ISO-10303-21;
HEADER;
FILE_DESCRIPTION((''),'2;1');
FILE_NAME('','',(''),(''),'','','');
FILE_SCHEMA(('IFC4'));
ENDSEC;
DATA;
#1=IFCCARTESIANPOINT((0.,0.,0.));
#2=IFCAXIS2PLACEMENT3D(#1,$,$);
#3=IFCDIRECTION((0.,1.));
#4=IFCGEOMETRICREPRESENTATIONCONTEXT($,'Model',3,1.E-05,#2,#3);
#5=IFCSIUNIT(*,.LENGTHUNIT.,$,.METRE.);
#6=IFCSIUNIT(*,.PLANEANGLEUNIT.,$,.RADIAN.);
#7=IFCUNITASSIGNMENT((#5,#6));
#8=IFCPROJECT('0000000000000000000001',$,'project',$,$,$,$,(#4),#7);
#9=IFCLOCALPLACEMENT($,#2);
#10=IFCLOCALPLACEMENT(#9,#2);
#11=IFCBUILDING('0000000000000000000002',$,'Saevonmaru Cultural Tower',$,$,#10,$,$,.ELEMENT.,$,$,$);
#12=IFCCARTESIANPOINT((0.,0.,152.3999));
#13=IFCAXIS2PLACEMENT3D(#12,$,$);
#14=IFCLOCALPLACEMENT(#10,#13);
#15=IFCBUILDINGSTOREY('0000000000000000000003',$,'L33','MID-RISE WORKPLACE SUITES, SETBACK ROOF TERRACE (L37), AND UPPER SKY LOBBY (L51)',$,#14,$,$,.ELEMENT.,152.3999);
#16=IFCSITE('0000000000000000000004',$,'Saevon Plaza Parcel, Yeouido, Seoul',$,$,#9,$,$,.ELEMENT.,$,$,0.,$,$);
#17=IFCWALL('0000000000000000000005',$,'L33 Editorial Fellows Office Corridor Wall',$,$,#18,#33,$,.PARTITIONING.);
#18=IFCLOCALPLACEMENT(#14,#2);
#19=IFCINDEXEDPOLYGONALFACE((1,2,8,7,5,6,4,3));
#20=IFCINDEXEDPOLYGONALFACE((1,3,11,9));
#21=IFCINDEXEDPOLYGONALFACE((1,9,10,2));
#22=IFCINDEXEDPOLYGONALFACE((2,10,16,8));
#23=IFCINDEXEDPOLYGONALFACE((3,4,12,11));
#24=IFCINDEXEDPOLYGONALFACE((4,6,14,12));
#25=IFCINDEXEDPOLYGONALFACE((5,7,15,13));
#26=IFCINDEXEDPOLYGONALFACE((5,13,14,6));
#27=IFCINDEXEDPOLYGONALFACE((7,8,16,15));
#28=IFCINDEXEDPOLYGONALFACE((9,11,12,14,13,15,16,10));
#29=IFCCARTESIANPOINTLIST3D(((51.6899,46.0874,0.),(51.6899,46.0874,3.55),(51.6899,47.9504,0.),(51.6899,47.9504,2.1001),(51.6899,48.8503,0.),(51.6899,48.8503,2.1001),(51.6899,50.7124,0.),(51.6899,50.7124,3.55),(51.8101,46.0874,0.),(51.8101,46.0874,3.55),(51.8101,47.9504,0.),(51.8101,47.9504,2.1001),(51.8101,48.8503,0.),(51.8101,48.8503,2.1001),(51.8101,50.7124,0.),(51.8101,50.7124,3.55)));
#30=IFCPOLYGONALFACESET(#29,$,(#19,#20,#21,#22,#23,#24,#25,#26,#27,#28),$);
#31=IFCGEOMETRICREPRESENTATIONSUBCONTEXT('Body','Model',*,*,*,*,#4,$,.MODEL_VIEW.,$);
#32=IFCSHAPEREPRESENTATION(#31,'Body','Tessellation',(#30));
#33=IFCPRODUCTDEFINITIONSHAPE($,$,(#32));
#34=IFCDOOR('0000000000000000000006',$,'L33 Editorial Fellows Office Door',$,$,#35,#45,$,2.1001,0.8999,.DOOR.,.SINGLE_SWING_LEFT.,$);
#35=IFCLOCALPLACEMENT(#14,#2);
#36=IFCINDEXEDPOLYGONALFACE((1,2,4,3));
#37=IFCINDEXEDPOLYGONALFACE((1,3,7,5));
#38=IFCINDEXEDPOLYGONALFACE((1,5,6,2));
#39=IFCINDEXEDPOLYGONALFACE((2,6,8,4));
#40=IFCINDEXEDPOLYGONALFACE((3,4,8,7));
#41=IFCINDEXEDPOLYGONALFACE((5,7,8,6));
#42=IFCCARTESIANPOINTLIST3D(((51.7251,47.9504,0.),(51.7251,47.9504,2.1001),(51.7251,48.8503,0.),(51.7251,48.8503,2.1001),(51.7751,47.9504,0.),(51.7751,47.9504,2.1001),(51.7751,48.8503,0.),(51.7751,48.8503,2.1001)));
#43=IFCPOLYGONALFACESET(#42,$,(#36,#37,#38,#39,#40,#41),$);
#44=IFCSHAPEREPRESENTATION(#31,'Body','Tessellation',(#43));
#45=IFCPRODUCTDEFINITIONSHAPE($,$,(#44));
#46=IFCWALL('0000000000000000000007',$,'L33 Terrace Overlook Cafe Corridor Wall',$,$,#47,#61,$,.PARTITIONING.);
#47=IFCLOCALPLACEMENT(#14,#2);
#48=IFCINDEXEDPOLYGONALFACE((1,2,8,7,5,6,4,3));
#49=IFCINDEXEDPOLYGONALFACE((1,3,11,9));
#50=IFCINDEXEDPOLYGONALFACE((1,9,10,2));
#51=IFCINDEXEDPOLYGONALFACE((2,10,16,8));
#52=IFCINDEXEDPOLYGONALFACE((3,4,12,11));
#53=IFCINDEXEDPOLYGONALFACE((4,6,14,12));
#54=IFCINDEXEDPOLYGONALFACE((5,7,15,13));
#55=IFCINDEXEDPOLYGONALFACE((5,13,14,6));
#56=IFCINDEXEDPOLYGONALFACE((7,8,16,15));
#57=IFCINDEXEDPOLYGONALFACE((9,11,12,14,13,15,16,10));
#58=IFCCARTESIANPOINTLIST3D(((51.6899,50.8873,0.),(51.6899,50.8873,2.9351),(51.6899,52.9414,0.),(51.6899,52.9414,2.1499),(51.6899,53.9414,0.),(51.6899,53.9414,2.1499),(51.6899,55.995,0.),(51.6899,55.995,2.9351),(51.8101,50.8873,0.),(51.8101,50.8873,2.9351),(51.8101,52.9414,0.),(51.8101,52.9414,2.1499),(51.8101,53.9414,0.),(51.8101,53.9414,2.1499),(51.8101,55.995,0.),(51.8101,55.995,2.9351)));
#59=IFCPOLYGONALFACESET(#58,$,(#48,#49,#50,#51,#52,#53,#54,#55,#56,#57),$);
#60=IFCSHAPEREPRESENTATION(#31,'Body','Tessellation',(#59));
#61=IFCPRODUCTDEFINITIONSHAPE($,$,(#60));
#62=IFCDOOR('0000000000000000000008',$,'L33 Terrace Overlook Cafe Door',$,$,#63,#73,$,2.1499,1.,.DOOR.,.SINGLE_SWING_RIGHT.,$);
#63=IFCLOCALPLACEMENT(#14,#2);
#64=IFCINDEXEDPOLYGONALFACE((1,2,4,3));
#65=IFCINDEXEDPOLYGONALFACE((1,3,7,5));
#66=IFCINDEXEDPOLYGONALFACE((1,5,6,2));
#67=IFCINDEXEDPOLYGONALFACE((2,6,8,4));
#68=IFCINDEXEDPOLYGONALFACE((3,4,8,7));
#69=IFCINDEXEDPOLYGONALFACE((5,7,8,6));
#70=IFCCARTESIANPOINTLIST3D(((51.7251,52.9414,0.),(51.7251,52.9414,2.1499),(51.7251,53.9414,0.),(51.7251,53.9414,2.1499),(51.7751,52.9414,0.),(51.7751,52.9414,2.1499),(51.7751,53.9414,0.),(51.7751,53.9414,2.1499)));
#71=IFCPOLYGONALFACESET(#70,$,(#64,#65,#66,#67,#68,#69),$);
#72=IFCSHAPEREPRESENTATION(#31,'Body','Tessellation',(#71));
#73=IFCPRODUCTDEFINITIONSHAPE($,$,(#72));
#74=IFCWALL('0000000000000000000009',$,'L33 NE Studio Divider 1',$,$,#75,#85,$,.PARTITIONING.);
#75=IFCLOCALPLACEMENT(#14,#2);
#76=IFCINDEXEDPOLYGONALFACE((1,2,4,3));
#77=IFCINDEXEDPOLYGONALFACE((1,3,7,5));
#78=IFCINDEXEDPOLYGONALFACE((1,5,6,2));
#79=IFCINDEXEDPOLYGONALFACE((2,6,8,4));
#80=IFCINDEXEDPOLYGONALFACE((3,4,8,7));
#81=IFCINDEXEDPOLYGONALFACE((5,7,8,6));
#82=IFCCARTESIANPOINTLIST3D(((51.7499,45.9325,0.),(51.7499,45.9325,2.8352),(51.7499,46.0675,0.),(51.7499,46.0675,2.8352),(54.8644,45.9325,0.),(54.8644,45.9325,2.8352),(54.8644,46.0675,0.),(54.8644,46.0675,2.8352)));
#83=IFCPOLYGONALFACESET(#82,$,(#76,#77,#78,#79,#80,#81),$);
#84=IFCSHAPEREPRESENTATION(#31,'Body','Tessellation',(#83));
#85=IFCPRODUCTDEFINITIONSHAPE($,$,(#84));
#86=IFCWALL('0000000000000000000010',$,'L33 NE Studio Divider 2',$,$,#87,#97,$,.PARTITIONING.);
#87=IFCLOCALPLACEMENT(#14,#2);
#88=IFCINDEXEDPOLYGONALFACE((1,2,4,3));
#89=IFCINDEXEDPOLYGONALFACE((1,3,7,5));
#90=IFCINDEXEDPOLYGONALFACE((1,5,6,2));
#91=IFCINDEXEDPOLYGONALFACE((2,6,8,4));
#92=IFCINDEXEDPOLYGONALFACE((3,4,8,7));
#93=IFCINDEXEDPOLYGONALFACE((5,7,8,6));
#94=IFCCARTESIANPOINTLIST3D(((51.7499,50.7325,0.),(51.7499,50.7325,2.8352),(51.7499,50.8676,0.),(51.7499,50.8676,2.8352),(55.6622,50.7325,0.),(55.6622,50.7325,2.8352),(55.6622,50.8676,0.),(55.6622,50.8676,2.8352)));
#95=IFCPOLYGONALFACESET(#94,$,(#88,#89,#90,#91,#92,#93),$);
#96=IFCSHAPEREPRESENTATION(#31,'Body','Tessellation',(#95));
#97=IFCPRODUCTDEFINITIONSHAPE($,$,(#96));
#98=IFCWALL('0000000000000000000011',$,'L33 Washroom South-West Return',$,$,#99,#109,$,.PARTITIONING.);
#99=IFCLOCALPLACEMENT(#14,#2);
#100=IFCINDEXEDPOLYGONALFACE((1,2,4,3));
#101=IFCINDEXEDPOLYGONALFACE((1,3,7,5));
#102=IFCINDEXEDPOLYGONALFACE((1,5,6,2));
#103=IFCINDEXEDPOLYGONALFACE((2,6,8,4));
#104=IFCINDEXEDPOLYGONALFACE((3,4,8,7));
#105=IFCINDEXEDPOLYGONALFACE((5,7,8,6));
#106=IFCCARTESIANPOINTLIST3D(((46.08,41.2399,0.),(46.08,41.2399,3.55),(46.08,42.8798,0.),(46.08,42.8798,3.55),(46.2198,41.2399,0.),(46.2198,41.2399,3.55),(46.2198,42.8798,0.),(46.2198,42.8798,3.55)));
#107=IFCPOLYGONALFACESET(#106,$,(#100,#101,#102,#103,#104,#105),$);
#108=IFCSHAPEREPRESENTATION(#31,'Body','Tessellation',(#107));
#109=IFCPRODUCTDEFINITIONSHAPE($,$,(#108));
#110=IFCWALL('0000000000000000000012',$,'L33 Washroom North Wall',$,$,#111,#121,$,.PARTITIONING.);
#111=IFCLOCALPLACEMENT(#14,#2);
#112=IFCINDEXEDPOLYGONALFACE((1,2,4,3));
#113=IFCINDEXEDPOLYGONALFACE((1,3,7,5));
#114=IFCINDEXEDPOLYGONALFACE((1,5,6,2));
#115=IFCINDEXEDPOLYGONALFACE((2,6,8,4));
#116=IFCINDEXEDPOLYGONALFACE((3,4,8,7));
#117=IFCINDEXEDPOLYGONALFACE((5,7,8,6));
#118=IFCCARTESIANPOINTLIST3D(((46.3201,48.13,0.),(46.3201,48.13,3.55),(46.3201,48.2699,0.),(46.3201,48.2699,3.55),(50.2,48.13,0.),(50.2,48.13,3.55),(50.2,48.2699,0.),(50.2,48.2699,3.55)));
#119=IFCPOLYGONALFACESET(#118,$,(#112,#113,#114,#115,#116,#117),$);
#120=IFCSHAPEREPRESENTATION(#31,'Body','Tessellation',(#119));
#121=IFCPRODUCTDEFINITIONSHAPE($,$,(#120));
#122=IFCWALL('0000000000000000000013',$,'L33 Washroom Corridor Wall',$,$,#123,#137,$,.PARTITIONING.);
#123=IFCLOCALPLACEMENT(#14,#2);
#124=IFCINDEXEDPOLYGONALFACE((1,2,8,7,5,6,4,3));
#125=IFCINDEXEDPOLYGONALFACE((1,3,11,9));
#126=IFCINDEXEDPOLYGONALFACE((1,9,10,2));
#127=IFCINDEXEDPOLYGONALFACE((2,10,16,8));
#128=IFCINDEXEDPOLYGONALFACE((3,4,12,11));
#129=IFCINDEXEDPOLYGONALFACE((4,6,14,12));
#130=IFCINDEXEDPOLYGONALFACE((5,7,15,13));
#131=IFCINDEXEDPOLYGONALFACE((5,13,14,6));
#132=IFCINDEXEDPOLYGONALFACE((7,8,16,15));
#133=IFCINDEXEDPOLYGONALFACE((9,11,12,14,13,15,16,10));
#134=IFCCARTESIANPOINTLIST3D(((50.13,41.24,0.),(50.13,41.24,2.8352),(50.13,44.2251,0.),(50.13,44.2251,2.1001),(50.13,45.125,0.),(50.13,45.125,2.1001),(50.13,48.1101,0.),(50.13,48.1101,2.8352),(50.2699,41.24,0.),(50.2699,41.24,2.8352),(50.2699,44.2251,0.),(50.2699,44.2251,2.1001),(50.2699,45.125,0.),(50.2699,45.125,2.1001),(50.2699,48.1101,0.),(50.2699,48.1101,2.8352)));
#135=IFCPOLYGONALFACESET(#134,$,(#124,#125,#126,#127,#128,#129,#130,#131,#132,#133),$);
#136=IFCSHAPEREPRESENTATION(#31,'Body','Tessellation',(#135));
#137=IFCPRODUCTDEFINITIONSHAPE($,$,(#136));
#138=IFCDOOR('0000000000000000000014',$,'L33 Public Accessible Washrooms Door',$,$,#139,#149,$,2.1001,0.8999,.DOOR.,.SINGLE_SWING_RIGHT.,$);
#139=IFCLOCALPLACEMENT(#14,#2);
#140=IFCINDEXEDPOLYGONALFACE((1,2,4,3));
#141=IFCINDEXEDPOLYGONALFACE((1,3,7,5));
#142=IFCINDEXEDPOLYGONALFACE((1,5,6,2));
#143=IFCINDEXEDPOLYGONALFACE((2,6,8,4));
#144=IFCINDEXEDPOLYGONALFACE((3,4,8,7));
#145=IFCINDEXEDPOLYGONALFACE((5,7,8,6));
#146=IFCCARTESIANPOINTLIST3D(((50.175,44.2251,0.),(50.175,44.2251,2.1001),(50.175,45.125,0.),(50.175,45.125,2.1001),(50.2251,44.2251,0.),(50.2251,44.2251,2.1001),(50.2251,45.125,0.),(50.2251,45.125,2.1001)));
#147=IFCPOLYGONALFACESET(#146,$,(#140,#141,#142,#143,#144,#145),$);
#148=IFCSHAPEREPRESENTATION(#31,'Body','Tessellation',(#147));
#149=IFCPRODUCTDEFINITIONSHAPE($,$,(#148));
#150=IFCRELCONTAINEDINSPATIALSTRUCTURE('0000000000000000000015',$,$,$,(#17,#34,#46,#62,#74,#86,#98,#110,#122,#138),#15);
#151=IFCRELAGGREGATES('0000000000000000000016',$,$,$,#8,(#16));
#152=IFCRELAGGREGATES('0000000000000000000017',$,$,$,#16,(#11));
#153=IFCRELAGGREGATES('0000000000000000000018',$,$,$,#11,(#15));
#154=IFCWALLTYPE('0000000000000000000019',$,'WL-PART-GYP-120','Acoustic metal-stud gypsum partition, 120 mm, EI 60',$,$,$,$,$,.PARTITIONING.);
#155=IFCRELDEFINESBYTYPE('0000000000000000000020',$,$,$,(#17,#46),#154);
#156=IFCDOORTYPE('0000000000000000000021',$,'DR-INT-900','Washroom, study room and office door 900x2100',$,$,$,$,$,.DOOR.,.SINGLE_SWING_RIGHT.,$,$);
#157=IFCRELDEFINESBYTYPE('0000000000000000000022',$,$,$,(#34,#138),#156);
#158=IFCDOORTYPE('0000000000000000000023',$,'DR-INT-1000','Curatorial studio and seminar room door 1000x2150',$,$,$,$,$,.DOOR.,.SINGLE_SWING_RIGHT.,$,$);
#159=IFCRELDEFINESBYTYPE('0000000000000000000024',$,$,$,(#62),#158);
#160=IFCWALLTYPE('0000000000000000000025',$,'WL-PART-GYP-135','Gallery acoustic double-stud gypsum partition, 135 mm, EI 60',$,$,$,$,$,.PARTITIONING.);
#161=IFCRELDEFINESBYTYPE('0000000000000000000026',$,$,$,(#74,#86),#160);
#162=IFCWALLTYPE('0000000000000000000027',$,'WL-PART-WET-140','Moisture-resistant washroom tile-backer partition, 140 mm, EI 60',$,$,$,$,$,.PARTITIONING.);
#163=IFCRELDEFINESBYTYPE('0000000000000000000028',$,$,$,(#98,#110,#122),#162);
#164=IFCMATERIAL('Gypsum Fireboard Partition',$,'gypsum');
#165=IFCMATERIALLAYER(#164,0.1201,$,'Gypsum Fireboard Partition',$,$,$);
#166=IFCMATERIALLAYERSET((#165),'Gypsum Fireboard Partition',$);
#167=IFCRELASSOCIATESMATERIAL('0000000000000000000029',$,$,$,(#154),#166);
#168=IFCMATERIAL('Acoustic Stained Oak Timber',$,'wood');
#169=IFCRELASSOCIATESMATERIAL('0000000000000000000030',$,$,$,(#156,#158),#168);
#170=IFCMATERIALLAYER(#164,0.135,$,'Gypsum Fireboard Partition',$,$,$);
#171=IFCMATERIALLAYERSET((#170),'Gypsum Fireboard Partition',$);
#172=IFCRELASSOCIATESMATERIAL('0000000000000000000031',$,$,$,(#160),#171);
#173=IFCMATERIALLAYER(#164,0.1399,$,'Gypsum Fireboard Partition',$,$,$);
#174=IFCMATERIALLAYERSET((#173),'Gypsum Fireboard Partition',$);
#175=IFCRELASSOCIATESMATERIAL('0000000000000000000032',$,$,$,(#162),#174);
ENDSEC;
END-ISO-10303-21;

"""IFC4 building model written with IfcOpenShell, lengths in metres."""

from ifc_helpers import new_model, si_unit, direction, frame, frame_2d, origin, place, context, subcontext, project, spatial, rectangle, extrude, material, layer, layer_set, type_object, element, fill, save


model = new_model("IFC4")

# Units and contexts
model_context = context("Model", 3, precision=1e-05, world=origin(), true_north=direction((0.0, 1.0)))
body_context = subcontext(model_context, "Body", "Model", "MODEL_VIEW")
ifc_project = project(units=[si_unit("LENGTHUNIT", "METRE"), si_unit("PLANEANGLEUNIT", "RADIAN")], contexts=[model_context])

# Site, building, storey
site_placement = place(None, origin())
site = spatial("IfcSite", under=ifc_project, at=site_placement, Name="Saevon Plaza Parcel, Yeouido, Seoul", CompositionType="ELEMENT", RefElevation=0.0)
building_placement = place(site_placement, origin())
building = spatial("IfcBuilding", under=site, at=building_placement, Name="Saevonmaru Cultural Tower", CompositionType="ELEMENT")
storey_placement = place(building_placement, frame((0.0, 0.0, 152.3999)))
storey = spatial("IfcBuildingStorey", under=building, at=storey_placement, Name="L33", Description="MID-RISE WORKPLACE SUITES, SETBACK ROOF TERRACE (L37), AND UPPER SKY LOBBY (L51)", CompositionType="ELEMENT", Elevation=152.3999)

# Walls, openings, doors
ifc_material_1 = material(Name="Gypsum Fireboard Partition", Category="gypsum")
ifc_layer_1 = layer(ifc_material_1, 0.1201, Name="Gypsum Fireboard Partition")
ifc_layer_set_1 = layer_set([ifc_layer_1], Name="Gypsum Fireboard Partition")
wall_type_1 = type_object("IfcWallType", Name="WL-PART-GYP-120", Description="Acoustic metal-stud gypsum partition, 120 mm, EI 60", PredefinedType="PARTITIONING", material=ifc_layer_set_1)
wall_1_placement = place(storey_placement, frame((51.75, 46.0874, 0.0), z_axis=(0.0, 0.0, 1.0), x_axis=(0.0, 1.0, 0.0)))
wall_1 = element("IfcWall", 1, at=wall_1_placement, inside=storey, type_object=wall_type_1, Name="L33 Editorial Fellows Office Corridor Wall", PredefinedType="PARTITIONING", context=body_context, shape_type="SweptSolid", body=[
    extrude(rectangle(XDim=4.625, YDim=0.1201, at=frame_2d((2.3125, 0.0))), origin(), (0.0, 0.0, 1.0), 3.55),
])
opening_1_placement = place(wall_1_placement, frame((1.863, 0.0, 0.0)))
opening_1 = element("IfcOpeningElement", 2, at=opening_1_placement, cuts=wall_1, PredefinedType="OPENING", context=body_context, shape_type="SweptSolid", body=[
    extrude(rectangle(XDim=0.8999, YDim=2.1001, at=frame_2d((0.45, 1.05))), frame((0.0, 0.0701, 0.0), z_axis=(0.0, -1.0, 0.0), x_axis=(1.0, 0.0, 0.0)), (0.0, 0.0, 1.0), 0.1401),
])
ifc_material_2 = material(Name="Acoustic Stained Oak Timber", Category="wood")
door_type_1 = type_object("IfcDoorType", Name="DR-INT-900", Description="Washroom, study room and office door 900x2100", OperationType="SINGLE_SWING_RIGHT", PredefinedType="DOOR", material=ifc_material_2)
door_1_placement = place(opening_1_placement, origin())
door_1 = element("IfcDoor", 3, at=door_1_placement, inside=storey, type_object=door_type_1, Name="L33 Editorial Fellows Office Door", OperationType="SINGLE_SWING_LEFT", OverallHeight=2.1001, OverallWidth=0.8999, PredefinedType="DOOR", context=body_context, shape_type="SweptSolid", body=[
    extrude(rectangle(XDim=0.8999, YDim=2.1001, at=frame_2d((0.45, 1.05))), frame((0.0, 0.0249, 0.0), z_axis=(0.0, -1.0, 0.0), x_axis=(1.0, 0.0, 0.0)), (0.0, 0.0, 1.0), 0.05),
])
fill(opening_1, door_1)
wall_2_placement = place(storey_placement, frame((51.75, 50.8875, 0.0), z_axis=(0.0, 0.0, 1.0), x_axis=(0.0, 1.0, 0.0)))
wall_2 = element("IfcWall", 4, at=wall_2_placement, inside=storey, type_object=wall_type_1, Name="L33 Terrace Overlook Cafe Corridor Wall", PredefinedType="PARTITIONING", context=body_context, shape_type="SweptSolid", body=[
    extrude(rectangle(XDim=5.1077, YDim=0.1201, at=frame_2d((2.5537, 0.0))), origin(), (0.0, 0.0, 1.0), 2.9351),
])
opening_2_placement = place(wall_2_placement, frame((2.054, 0.0, 0.0)))
opening_2 = element("IfcOpeningElement", 5, at=opening_2_placement, cuts=wall_2, PredefinedType="OPENING", context=body_context, shape_type="SweptSolid", body=[
    extrude(rectangle(XDim=1.0, YDim=2.1499, at=frame_2d((0.5, 1.075))), frame((0.0, 0.0701, 0.0), z_axis=(0.0, -1.0, 0.0), x_axis=(1.0, 0.0, 0.0)), (0.0, 0.0, 1.0), 0.1401),
])
door_type_2 = type_object("IfcDoorType", Name="DR-INT-1000", Description="Curatorial studio and seminar room door 1000x2150", OperationType="SINGLE_SWING_RIGHT", PredefinedType="DOOR", material=ifc_material_2)
door_2_placement = place(opening_2_placement, origin())
door_2 = element("IfcDoor", 6, at=door_2_placement, inside=storey, type_object=door_type_2, Name="L33 Terrace Overlook Cafe Door", OperationType="SINGLE_SWING_RIGHT", OverallHeight=2.1499, OverallWidth=1.0, PredefinedType="DOOR", context=body_context, shape_type="SweptSolid", body=[
    extrude(rectangle(XDim=1.0, YDim=2.1499, at=frame_2d((0.5, 1.075))), frame((0.0, 0.0249, 0.0), z_axis=(0.0, -1.0, 0.0), x_axis=(1.0, 0.0, 0.0)), (0.0, 0.0, 1.0), 0.05),
])
fill(opening_2, door_2)

# Walls
ifc_layer_2 = layer(ifc_material_1, 0.135, Name="Gypsum Fireboard Partition")
ifc_layer_set_2 = layer_set([ifc_layer_2], Name="Gypsum Fireboard Partition")
wall_type_2 = type_object("IfcWallType", Name="WL-PART-GYP-135", Description="Gallery acoustic double-stud gypsum partition, 135 mm, EI 60", PredefinedType="PARTITIONING", material=ifc_layer_set_2)
wall_3_placement = place(storey_placement, frame((51.75, 46.0, 0.0), z_axis=(0.0, 0.0, 1.0), x_axis=(1.0, 0.0, 0.0)))
element("IfcWall", 7, at=wall_3_placement, inside=storey, type_object=wall_type_2, Name="L33 NE Studio Divider 1", PredefinedType="PARTITIONING", context=body_context, shape_type="SweptSolid", body=[
    extrude(rectangle(XDim=3.1145, YDim=0.135, at=frame_2d((1.5571, 0.0))), origin(), (0.0, 0.0, 1.0), 2.8352),
])
wall_4_placement = place(storey_placement, frame((51.75, 50.8, 0.0), z_axis=(0.0, 0.0, 1.0), x_axis=(1.0, 0.0, 0.0)))
element("IfcWall", 8, at=wall_4_placement, inside=storey, type_object=wall_type_2, Name="L33 NE Studio Divider 2", PredefinedType="PARTITIONING", context=body_context, shape_type="SweptSolid", body=[
    extrude(rectangle(XDim=3.9124, YDim=0.135, at=frame_2d((1.9561, 0.0))), origin(), (0.0, 0.0, 1.0), 2.8352),
])
ifc_layer_3 = layer(ifc_material_1, 0.1399, Name="Gypsum Fireboard Partition")
ifc_layer_set_3 = layer_set([ifc_layer_3], Name="Gypsum Fireboard Partition")
wall_type_3 = type_object("IfcWallType", Name="WL-PART-WET-140", Description="Moisture-resistant washroom tile-backer partition, 140 mm, EI 60", PredefinedType="PARTITIONING", material=ifc_layer_set_3)
wall_5_placement = place(storey_placement, frame((46.1499, 41.24, 0.0), z_axis=(0.0, 0.0, 1.0), x_axis=(0.0, 1.0, 0.0)))
element("IfcWall", 9, at=wall_5_placement, inside=storey, type_object=wall_type_3, Name="L33 Washroom South-West Return", PredefinedType="PARTITIONING", context=body_context, shape_type="SweptSolid", body=[
    extrude(rectangle(XDim=1.6399, YDim=0.1399, at=frame_2d((0.8198, 0.0))), origin(), (0.0, 0.0, 1.0), 3.55),
])
wall_6_placement = place(storey_placement, frame((46.3201, 48.2, 0.0), z_axis=(0.0, 0.0, 1.0), x_axis=(1.0, 0.0, 0.0)))
element("IfcWall", 10, at=wall_6_placement, inside=storey, type_object=wall_type_3, Name="L33 Washroom North Wall", PredefinedType="PARTITIONING", context=body_context, shape_type="SweptSolid", body=[
    extrude(rectangle(XDim=3.8799, YDim=0.1399, at=frame_2d((1.9399, 0.0))), origin(), (0.0, 0.0, 1.0), 3.55),
])

# Wall, opening, door
wall_7_placement = place(storey_placement, frame((50.2, 41.24, 0.0), z_axis=(0.0, 0.0, 1.0), x_axis=(0.0, 1.0, 0.0)))
wall_7 = element("IfcWall", 11, at=wall_7_placement, inside=storey, type_object=wall_type_3, Name="L33 Washroom Corridor Wall", PredefinedType="PARTITIONING", context=body_context, shape_type="SweptSolid", body=[
    extrude(rectangle(XDim=6.8701, YDim=0.1399, at=frame_2d((3.4351, 0.0))), origin(), (0.0, 0.0, 1.0), 2.8352),
])
opening_3_placement = place(wall_7_placement, frame((2.9851, 0.0, 0.0)))
opening_3 = element("IfcOpeningElement", 12, at=opening_3_placement, cuts=wall_7, PredefinedType="OPENING", context=body_context, shape_type="SweptSolid", body=[
    extrude(rectangle(XDim=0.8999, YDim=2.1001, at=frame_2d((0.45, 1.05))), frame((0.0, 0.0801, 0.0), z_axis=(0.0, -1.0, 0.0), x_axis=(1.0, 0.0, 0.0)), (0.0, 0.0, 1.0), 0.1599),
])
door_3_placement = place(opening_3_placement, origin())
door_3 = element("IfcDoor", 13, at=door_3_placement, inside=storey, type_object=door_type_1, Name="L33 Public Accessible Washrooms Door", OperationType="SINGLE_SWING_RIGHT", OverallHeight=2.1001, OverallWidth=0.8999, PredefinedType="DOOR", context=body_context, shape_type="SweptSolid", body=[
    extrude(rectangle(XDim=0.8999, YDim=2.1001, at=frame_2d((0.45, 1.05))), frame((0.0, 0.0249, 0.0), z_axis=(0.0, -1.0, 0.0), x_axis=(1.0, 0.0, 0.0)), (0.0, 0.0, 1.0), 0.05),
])
fill(opening_3, door_3)

save(model, "model.ifc")
